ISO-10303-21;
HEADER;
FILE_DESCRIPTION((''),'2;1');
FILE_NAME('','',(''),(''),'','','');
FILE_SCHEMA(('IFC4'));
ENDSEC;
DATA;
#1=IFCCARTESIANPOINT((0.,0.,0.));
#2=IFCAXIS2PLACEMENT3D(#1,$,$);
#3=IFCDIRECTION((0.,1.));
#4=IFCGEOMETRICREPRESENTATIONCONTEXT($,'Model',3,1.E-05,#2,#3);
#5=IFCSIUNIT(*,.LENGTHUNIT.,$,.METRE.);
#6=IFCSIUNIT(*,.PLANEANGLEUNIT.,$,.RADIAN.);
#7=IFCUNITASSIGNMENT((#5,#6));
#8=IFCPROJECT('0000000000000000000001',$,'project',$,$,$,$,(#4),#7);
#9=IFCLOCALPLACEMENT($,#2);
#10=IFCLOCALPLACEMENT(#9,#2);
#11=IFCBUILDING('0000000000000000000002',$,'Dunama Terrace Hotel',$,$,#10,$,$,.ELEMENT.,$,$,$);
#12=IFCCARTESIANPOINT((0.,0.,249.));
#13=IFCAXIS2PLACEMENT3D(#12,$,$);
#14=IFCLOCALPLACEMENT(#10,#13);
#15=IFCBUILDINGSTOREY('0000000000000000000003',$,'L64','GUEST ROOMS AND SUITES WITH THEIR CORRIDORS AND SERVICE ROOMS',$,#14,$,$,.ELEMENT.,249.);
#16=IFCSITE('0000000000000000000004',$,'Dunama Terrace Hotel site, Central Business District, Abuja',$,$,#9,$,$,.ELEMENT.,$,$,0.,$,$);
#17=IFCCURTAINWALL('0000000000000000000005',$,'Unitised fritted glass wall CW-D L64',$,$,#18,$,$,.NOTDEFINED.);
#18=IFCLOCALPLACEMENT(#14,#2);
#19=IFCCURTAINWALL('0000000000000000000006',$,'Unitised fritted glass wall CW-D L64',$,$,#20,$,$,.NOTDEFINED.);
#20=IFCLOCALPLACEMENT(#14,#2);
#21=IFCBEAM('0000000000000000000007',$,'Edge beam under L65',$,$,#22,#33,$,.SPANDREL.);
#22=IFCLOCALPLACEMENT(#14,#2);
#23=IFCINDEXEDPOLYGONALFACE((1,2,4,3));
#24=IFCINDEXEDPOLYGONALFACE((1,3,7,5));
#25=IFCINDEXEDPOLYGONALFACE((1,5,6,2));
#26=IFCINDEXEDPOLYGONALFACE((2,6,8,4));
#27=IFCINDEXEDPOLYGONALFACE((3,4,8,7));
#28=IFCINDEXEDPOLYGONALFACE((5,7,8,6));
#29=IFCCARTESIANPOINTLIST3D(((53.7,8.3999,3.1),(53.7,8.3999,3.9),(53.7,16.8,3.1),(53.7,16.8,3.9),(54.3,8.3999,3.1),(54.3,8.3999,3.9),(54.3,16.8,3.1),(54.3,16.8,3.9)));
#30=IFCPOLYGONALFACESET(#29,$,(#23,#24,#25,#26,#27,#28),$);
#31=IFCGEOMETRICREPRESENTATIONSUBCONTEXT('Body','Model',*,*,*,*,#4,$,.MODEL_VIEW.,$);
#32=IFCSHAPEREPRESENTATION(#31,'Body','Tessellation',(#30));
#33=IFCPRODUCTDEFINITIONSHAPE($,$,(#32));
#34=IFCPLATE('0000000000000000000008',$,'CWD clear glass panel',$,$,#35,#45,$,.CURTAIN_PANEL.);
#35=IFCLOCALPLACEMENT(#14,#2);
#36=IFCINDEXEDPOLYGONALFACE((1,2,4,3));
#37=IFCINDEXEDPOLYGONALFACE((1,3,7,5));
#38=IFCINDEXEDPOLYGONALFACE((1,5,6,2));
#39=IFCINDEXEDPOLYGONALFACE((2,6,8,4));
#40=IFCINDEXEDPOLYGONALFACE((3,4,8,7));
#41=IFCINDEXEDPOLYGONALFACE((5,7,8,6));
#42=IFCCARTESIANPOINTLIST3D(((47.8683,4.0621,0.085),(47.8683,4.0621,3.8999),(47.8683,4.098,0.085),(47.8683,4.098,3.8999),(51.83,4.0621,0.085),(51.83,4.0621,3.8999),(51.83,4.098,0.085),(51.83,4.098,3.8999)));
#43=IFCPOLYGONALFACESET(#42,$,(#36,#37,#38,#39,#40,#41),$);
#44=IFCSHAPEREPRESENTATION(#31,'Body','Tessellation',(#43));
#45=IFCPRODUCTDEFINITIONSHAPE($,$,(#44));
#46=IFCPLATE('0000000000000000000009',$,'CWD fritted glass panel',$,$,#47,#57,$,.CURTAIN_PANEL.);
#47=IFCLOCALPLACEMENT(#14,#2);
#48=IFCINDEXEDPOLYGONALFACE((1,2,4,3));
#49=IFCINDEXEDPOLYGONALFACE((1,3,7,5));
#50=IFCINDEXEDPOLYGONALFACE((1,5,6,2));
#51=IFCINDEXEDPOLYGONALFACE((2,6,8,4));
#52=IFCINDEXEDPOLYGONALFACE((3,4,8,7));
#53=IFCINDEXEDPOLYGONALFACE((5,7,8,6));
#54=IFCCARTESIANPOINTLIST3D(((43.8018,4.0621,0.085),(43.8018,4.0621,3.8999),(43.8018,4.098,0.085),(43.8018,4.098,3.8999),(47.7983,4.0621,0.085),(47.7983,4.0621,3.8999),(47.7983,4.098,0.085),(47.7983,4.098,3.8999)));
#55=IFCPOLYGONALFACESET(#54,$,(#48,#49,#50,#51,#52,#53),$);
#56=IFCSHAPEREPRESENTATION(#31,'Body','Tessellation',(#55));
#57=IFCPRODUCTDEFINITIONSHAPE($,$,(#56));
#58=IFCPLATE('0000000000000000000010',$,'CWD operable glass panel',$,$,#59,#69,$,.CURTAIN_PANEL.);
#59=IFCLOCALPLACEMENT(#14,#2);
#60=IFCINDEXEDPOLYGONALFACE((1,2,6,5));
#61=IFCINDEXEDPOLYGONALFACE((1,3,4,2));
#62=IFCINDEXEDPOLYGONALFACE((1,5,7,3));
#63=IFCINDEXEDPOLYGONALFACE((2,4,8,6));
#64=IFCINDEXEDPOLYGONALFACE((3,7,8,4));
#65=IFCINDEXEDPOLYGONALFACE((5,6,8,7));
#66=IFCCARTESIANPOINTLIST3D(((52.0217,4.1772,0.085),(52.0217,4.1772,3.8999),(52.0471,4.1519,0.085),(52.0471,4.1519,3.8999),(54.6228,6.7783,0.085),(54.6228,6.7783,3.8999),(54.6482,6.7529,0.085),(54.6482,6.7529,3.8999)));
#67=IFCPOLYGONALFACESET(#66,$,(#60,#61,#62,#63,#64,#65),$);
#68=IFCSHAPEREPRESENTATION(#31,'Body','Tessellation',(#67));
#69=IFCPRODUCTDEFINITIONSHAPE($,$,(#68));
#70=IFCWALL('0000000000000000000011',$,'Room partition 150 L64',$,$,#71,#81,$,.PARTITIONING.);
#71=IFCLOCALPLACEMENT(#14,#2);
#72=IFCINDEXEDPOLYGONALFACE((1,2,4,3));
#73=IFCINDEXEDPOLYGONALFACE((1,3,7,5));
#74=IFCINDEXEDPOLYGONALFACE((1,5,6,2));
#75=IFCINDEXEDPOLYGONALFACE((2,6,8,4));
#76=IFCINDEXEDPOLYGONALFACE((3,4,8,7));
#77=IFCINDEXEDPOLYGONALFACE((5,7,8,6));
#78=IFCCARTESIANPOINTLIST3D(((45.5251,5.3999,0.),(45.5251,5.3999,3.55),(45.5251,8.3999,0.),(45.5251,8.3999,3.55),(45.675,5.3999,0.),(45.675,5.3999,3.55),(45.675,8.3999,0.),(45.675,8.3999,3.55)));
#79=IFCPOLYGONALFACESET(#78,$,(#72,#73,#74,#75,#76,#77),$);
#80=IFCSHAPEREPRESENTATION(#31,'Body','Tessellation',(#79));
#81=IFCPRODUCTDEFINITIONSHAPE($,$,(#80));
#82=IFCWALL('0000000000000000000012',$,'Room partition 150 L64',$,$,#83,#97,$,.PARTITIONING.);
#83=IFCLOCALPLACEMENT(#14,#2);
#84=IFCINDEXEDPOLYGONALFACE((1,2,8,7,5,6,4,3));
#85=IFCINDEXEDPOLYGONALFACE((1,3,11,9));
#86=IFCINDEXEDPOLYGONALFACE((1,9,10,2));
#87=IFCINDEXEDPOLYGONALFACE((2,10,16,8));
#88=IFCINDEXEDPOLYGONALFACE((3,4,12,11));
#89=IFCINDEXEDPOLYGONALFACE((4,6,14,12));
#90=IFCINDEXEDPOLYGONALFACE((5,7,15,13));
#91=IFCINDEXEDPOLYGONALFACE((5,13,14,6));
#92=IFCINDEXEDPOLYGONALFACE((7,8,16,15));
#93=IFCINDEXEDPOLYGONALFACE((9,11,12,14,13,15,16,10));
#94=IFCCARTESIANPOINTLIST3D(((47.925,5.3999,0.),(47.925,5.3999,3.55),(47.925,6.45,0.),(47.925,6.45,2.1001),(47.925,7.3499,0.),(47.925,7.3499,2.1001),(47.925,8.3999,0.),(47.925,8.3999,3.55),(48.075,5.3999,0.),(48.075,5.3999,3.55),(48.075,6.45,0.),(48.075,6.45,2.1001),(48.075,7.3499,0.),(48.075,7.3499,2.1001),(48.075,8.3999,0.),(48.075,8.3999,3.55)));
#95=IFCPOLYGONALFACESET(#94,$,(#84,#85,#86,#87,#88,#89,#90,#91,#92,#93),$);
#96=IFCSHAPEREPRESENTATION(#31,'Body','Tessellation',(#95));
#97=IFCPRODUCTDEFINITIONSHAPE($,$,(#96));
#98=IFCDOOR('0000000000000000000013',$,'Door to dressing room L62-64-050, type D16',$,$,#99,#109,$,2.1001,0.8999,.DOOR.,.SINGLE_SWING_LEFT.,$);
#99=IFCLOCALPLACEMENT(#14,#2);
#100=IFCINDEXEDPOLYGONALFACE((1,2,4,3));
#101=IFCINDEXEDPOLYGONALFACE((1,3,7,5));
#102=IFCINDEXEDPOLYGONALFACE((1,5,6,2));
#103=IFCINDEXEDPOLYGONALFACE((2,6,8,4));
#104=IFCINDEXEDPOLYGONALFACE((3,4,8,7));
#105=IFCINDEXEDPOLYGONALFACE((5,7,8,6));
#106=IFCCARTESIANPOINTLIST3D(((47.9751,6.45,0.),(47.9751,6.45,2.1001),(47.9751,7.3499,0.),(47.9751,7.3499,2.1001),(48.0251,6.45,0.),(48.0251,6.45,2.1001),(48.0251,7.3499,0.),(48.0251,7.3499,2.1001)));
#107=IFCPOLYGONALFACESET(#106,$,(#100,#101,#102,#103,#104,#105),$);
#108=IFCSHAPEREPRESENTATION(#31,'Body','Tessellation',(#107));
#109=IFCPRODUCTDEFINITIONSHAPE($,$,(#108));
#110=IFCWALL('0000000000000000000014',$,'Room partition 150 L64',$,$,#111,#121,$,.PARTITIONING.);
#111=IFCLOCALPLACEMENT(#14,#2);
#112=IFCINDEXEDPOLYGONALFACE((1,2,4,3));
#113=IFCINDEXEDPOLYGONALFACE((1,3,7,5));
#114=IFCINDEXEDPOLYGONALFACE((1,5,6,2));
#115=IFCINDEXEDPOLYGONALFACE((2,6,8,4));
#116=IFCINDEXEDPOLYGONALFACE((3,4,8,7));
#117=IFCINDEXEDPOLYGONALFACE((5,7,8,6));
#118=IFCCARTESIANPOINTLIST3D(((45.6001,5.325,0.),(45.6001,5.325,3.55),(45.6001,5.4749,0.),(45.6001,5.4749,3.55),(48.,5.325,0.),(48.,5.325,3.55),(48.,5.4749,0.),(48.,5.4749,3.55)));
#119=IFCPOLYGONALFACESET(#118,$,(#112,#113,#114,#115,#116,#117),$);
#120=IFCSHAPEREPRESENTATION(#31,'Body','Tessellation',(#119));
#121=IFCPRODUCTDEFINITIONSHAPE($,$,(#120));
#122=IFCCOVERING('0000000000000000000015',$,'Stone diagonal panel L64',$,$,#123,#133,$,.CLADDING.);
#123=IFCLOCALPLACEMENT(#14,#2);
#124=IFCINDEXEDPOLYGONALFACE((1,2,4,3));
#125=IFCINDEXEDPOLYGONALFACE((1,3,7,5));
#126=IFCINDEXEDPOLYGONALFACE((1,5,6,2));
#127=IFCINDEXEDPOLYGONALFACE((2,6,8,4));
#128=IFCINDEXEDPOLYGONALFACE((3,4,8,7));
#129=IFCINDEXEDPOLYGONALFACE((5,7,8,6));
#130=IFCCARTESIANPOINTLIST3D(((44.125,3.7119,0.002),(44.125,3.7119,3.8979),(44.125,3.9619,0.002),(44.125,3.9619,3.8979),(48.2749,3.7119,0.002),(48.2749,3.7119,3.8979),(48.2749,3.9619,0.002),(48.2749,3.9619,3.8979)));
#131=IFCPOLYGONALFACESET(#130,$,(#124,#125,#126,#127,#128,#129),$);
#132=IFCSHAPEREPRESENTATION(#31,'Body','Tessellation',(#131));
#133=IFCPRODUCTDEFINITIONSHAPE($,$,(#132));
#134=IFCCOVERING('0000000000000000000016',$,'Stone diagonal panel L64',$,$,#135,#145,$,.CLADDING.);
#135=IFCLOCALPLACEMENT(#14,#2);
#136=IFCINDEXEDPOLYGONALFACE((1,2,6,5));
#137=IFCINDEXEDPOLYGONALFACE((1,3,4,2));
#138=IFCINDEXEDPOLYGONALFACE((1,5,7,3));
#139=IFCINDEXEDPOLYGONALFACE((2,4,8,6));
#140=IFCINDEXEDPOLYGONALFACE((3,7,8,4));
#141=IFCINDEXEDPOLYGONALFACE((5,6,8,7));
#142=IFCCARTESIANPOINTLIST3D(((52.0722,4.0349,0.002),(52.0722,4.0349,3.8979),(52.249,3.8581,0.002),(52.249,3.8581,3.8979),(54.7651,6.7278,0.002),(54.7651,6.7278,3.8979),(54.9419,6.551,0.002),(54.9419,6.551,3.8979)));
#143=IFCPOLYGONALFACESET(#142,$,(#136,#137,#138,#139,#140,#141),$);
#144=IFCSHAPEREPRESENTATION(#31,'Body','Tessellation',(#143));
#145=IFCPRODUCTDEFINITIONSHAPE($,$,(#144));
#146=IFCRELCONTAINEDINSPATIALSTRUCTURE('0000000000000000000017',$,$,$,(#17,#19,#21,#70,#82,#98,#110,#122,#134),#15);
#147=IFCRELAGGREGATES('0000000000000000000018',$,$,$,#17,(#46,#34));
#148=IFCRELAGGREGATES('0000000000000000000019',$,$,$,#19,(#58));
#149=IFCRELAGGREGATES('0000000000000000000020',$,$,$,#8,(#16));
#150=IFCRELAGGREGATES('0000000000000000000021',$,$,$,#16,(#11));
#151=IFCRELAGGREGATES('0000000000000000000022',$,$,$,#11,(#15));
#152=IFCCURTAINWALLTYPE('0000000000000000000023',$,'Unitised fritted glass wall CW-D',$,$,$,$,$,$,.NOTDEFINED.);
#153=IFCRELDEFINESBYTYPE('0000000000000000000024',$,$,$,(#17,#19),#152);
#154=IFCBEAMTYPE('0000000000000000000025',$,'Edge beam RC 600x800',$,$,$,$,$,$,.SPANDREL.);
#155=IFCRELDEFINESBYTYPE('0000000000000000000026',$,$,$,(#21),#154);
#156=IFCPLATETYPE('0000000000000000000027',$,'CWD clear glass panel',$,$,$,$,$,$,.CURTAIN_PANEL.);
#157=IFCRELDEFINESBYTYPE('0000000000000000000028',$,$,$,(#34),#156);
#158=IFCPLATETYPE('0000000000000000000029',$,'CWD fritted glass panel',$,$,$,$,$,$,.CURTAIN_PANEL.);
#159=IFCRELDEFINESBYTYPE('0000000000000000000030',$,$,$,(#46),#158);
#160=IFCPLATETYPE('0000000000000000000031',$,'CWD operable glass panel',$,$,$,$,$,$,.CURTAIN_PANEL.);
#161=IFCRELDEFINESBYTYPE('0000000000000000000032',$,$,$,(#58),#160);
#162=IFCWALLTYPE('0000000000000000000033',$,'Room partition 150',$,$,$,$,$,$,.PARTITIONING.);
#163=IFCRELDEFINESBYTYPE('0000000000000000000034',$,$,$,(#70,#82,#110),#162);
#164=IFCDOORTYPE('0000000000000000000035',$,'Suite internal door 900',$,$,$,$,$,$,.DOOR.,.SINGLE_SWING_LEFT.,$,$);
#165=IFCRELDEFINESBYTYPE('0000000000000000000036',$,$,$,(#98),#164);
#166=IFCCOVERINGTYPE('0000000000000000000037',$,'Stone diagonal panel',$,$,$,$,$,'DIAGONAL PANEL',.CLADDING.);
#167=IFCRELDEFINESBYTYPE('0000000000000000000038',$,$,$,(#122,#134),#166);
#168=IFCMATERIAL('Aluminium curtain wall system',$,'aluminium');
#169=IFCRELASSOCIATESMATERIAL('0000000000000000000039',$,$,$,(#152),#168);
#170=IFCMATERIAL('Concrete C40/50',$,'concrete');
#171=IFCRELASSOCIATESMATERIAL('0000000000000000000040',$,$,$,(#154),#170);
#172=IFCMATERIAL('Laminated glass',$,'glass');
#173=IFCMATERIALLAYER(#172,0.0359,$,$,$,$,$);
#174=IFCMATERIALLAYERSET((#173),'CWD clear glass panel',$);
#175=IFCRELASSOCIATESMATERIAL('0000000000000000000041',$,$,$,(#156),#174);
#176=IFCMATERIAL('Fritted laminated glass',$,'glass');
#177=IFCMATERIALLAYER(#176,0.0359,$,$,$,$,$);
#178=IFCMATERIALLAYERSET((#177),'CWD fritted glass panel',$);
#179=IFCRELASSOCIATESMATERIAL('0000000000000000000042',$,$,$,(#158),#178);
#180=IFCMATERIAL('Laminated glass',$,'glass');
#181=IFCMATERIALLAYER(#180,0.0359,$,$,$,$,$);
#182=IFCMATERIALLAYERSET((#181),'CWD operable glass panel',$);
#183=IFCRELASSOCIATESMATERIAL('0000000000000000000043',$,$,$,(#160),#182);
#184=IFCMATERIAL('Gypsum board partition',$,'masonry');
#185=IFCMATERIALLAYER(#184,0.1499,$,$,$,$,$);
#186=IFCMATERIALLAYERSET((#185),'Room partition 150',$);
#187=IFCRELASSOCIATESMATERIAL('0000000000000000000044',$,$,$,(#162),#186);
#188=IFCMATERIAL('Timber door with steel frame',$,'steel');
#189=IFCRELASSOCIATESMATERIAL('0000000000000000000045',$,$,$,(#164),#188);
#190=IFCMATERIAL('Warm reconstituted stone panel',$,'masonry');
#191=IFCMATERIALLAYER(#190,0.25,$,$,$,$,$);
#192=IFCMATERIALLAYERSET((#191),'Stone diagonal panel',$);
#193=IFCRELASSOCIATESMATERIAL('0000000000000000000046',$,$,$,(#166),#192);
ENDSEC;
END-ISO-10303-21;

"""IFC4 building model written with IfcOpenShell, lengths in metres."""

from ifc_helpers import new_model, si_unit, direction, frame, frame_2d, origin, origin_2d, place, context, subcontext, project, spatial, rectangle, extrude, material, layer, layer_set, material_profile, profile_set, type_object, element, fill, aggregate, save


model = new_model("IFC4")

# Units and contexts
model_context = context("Model", 3, precision=1e-05, world=origin(), true_north=direction((0.0, 1.0)))
body_context = subcontext(model_context, "Body", "Model", "MODEL_VIEW")
ifc_project = project(units=[si_unit("LENGTHUNIT", "METRE"), si_unit("PLANEANGLEUNIT", "RADIAN")], contexts=[model_context])

# Site, building, storey
site_placement = place(None, origin())
site = spatial("IfcSite", under=ifc_project, at=site_placement, Name="Dunama Terrace Hotel site, Central Business District, Abuja", CompositionType="ELEMENT", RefElevation=0.0)
building_placement = place(site_placement, origin())
building = spatial("IfcBuilding", under=site, at=building_placement, Name="Dunama Terrace Hotel", CompositionType="ELEMENT")
storey_placement = place(building_placement, frame((0.0, 0.0, 249.0)))
storey = spatial("IfcBuildingStorey", under=building, at=storey_placement, Name="L64", Description="GUEST ROOMS AND SUITES WITH THEIR CORRIDORS AND SERVICE ROOMS", CompositionType="ELEMENT", Elevation=249.0)

# Curtain walls
ifc_material_1 = material(Name="Aluminium curtain wall system", Category="aluminium")
curtain_wall_type = type_object("IfcCurtainWallType", Name="Unitised fritted glass wall CW-D", PredefinedType="NOTDEFINED", material=ifc_material_1)
curtain_wall_1_placement = place(storey_placement, origin())
curtain_wall_1 = element("IfcCurtainWall", 1, at=curtain_wall_1_placement, inside=storey, type_object=curtain_wall_type, Name="Unitised fritted glass wall CW-D L64", PredefinedType="NOTDEFINED")
curtain_wall_2_placement = place(storey_placement, origin())
curtain_wall_2 = element("IfcCurtainWall", 2, at=curtain_wall_2_placement, inside=storey, type_object=curtain_wall_type, Name="Unitised fritted glass wall CW-D L64", PredefinedType="NOTDEFINED")

# Beam
ifc_material_2 = material(Name="Concrete C40/50", Category="concrete")
ifc_material_profile_1 = material_profile(ifc_material_2, rectangle(XDim=0.6001, YDim=0.8, at=origin_2d()), Name="RC 600x800")
ifc_profile_set_1 = profile_set([ifc_material_profile_1], Name="Concrete C40/50")
beam_type_1 = type_object("IfcBeamType", Name="Edge beam RC 600x800", PredefinedType="SPANDREL", material=ifc_profile_set_1)
beam_1_placement = place(storey_placement, frame((54.0, 8.3999, 3.5), z_axis=(0.0, 1.0, 0.0), x_axis=(-1.0, 0.0, 0.0)))
element("IfcBeam", 3, at=beam_1_placement, inside=storey, type_object=beam_type_1, Name="Edge beam under L65", PredefinedType="SPANDREL", context=body_context, shape_type="SweptSolid", body=[
    extrude(rectangle(XDim=0.6001, YDim=0.8, at=origin_2d()), origin(), (0.0, 0.0, 1.0), 8.4001),
])

# Plates
ifc_material_3 = material(Name="Laminated glass", Category="glass")
ifc_layer_1 = layer(ifc_material_3, 0.0359)
ifc_layer_set_1 = layer_set([ifc_layer_1], Name="CWD clear glass panel")
plate_type_1 = type_object("IfcPlateType", Name="CWD clear glass panel", PredefinedType="CURTAIN_PANEL", material=ifc_layer_set_1)
plate_1_placement = place(storey_placement, frame((49.8491, 4.0801, 0.085), z_axis=(0.0, 0.0, 1.0), x_axis=(1.0, 0.0, 0.0)))
plate_1 = element("IfcPlate", 4, at=plate_1_placement, type_object=plate_type_1, Name="CWD clear glass panel", PredefinedType="CURTAIN_PANEL", context=body_context, shape_type="SweptSolid", body=[
    extrude(rectangle(XDim=3.9617, YDim=0.0359, at=origin_2d()), origin(), (0.0, 0.0, 1.0), 3.8149),
])
ifc_material_4 = material(Name="Fritted laminated glass", Category="glass")
ifc_layer_2 = layer(ifc_material_4, 0.0359)
ifc_layer_set_2 = layer_set([ifc_layer_2], Name="CWD fritted glass panel")
plate_type_2 = type_object("IfcPlateType", Name="CWD fritted glass panel", PredefinedType="CURTAIN_PANEL", material=ifc_layer_set_2)
plate_2_placement = place(storey_placement, frame((45.8, 4.0801, 0.085), z_axis=(0.0, 0.0, 1.0), x_axis=(1.0, 0.0, 0.0)))
plate_2 = element("IfcPlate", 5, at=plate_2_placement, type_object=plate_type_2, Name="CWD fritted glass panel", PredefinedType="CURTAIN_PANEL", context=body_context, shape_type="SweptSolid", body=[
    extrude(rectangle(XDim=3.9966, YDim=0.0359, at=origin_2d()), origin(), (0.0, 0.0, 1.0), 3.8149),
])
aggregate(curtain_wall_1, [plate_2, plate_1])
ifc_material_5 = material(Name="Laminated glass", Category="glass")
ifc_layer_3 = layer(ifc_material_5, 0.0359)
ifc_layer_set_3 = layer_set([ifc_layer_3], Name="CWD operable glass panel")
plate_type_3 = type_object("IfcPlateType", Name="CWD operable glass panel", PredefinedType="CURTAIN_PANEL", material=ifc_layer_set_3)
plate_3_placement = place(storey_placement, frame((53.335, 5.4651, 0.085), z_axis=(0.0, 0.0, 1.0), x_axis=(0.707107, 0.707107, 0.0)))
plate_3 = element("IfcPlate", 6, at=plate_3_placement, type_object=plate_type_3, Name="CWD operable glass panel", PredefinedType="CURTAIN_PANEL", context=body_context, shape_type="SweptSolid", body=[
    extrude(rectangle(XDim=3.6785, YDim=0.0359, at=origin_2d()), origin(), (0.0, 0.0, 1.0), 3.8149),
])
aggregate(curtain_wall_2, [plate_3])

# Wall
ifc_material_6 = material(Name="Gypsum board partition", Category="masonry")
ifc_layer_4 = layer(ifc_material_6, 0.1499)
ifc_layer_set_4 = layer_set([ifc_layer_4], Name="Room partition 150")
wall_type = type_object("IfcWallType", Name="Room partition 150", PredefinedType="PARTITIONING", material=ifc_layer_set_4)
wall_1_placement = place(storey_placement, frame((45.6001, 5.3999, 0.0), z_axis=(0.0, 0.0, 1.0), x_axis=(0.0, 1.0, 0.0)))
element("IfcWall", 7, at=wall_1_placement, inside=storey, type_object=wall_type, Name="Room partition 150 L64", PredefinedType="PARTITIONING", context=body_context, shape_type="SweptSolid", body=[
    extrude(rectangle(XDim=3.0, YDim=0.1499, at=frame_2d((1.5, 0.0))), origin(), (0.0, 0.0, 1.0), 3.55),
])

# Wall, opening, door
wall_2_placement = place(storey_placement, frame((48.0, 5.3999, 0.0), z_axis=(0.0, 0.0, 1.0), x_axis=(0.0, 1.0, 0.0)))
wall_2 = element("IfcWall", 8, at=wall_2_placement, inside=storey, type_object=wall_type, Name="Room partition 150 L64", PredefinedType="PARTITIONING", context=body_context, shape_type="SweptSolid", body=[
    extrude(rectangle(XDim=3.0, YDim=0.1499, at=frame_2d((1.5, 0.0))), origin(), (0.0, 0.0, 1.0), 3.55),
])
opening_placement = place(wall_2_placement, frame((1.05, 0.0, 0.0)))
opening = element("IfcOpeningElement", 9, at=opening_placement, cuts=wall_2, PredefinedType="OPENING", context=body_context, shape_type="SweptSolid", body=[
    extrude(rectangle(XDim=0.8999, YDim=2.1001, at=frame_2d((0.45, 1.05))), frame((0.0, 0.085, 0.0), z_axis=(0.0, -1.0, 0.0), x_axis=(1.0, 0.0, 0.0)), (0.0, 0.0, 1.0), 0.1699),
])
ifc_material_7 = material(Name="Timber door with steel frame", Category="steel")
door_type = type_object("IfcDoorType", Name="Suite internal door 900", OperationType="SINGLE_SWING_LEFT", PredefinedType="DOOR", material=ifc_material_7)
door_placement = place(opening_placement, origin())
door = element("IfcDoor", 10, at=door_placement, inside=storey, type_object=door_type, Name="Door to dressing room L62-64-050, type D16", OperationType="SINGLE_SWING_LEFT", OverallHeight=2.1001, OverallWidth=0.8999, PredefinedType="DOOR", context=body_context, shape_type="SweptSolid", body=[
    extrude(rectangle(XDim=0.8999, YDim=2.1001, at=frame_2d((0.45, 1.05))), frame((0.0, 0.0249, 0.0), z_axis=(0.0, -1.0, 0.0), x_axis=(1.0, 0.0, 0.0)), (0.0, 0.0, 1.0), 0.05),
])
fill(opening, door)

# Wall
wall_3_placement = place(storey_placement, frame((45.6001, 5.3999, 0.0), z_axis=(0.0, 0.0, 1.0), x_axis=(1.0, 0.0, 0.0)))
element("IfcWall", 11, at=wall_3_placement, inside=storey, type_object=wall_type, Name="Room partition 150 L64", PredefinedType="PARTITIONING", context=body_context, shape_type="SweptSolid", body=[
    extrude(rectangle(XDim=2.3999, YDim=0.1499, at=frame_2d((1.2, 0.0))), origin(), (0.0, 0.0, 1.0), 3.55),
])

# Coverings
ifc_material_8 = material(Name="Warm reconstituted stone panel", Category="masonry")
ifc_layer_5 = layer(ifc_material_8, 0.25)
ifc_layer_set_5 = layer_set([ifc_layer_5], Name="Stone diagonal panel")
covering_type = type_object("IfcCoveringType", Name="Stone diagonal panel", ElementType="DIAGONAL PANEL", PredefinedType="CLADDING", material=ifc_layer_set_5)
covering_1_placement = place(storey_placement, frame((46.2, 3.8369, 0.002), z_axis=(0.0, 0.0, 1.0), x_axis=(1.0, 0.0, 0.0)))
element("IfcCovering", 12, at=covering_1_placement, inside=storey, type_object=covering_type, Name="Stone diagonal panel L64", PredefinedType="CLADDING", context=body_context, shape_type="SweptSolid", body=[
    extrude(rectangle(XDim=4.1499, YDim=0.25, at=origin_2d()), origin(), (0.0, 0.0, 1.0), 3.896),
])
covering_2_placement = place(storey_placement, frame((53.5071, 5.293, 0.002), z_axis=(0.0, 0.0, 1.0), x_axis=(0.707107, 0.707107, 0.0)))
element("IfcCovering", 13, at=covering_2_placement, inside=storey, type_object=covering_type, Name="Stone diagonal panel L64", PredefinedType="CLADDING", context=body_context, shape_type="SweptSolid", body=[
    extrude(rectangle(XDim=3.8083, YDim=0.25, at=origin_2d()), origin(), (0.0, 0.0, 1.0), 3.896),
])

save(model, "model.ifc")
